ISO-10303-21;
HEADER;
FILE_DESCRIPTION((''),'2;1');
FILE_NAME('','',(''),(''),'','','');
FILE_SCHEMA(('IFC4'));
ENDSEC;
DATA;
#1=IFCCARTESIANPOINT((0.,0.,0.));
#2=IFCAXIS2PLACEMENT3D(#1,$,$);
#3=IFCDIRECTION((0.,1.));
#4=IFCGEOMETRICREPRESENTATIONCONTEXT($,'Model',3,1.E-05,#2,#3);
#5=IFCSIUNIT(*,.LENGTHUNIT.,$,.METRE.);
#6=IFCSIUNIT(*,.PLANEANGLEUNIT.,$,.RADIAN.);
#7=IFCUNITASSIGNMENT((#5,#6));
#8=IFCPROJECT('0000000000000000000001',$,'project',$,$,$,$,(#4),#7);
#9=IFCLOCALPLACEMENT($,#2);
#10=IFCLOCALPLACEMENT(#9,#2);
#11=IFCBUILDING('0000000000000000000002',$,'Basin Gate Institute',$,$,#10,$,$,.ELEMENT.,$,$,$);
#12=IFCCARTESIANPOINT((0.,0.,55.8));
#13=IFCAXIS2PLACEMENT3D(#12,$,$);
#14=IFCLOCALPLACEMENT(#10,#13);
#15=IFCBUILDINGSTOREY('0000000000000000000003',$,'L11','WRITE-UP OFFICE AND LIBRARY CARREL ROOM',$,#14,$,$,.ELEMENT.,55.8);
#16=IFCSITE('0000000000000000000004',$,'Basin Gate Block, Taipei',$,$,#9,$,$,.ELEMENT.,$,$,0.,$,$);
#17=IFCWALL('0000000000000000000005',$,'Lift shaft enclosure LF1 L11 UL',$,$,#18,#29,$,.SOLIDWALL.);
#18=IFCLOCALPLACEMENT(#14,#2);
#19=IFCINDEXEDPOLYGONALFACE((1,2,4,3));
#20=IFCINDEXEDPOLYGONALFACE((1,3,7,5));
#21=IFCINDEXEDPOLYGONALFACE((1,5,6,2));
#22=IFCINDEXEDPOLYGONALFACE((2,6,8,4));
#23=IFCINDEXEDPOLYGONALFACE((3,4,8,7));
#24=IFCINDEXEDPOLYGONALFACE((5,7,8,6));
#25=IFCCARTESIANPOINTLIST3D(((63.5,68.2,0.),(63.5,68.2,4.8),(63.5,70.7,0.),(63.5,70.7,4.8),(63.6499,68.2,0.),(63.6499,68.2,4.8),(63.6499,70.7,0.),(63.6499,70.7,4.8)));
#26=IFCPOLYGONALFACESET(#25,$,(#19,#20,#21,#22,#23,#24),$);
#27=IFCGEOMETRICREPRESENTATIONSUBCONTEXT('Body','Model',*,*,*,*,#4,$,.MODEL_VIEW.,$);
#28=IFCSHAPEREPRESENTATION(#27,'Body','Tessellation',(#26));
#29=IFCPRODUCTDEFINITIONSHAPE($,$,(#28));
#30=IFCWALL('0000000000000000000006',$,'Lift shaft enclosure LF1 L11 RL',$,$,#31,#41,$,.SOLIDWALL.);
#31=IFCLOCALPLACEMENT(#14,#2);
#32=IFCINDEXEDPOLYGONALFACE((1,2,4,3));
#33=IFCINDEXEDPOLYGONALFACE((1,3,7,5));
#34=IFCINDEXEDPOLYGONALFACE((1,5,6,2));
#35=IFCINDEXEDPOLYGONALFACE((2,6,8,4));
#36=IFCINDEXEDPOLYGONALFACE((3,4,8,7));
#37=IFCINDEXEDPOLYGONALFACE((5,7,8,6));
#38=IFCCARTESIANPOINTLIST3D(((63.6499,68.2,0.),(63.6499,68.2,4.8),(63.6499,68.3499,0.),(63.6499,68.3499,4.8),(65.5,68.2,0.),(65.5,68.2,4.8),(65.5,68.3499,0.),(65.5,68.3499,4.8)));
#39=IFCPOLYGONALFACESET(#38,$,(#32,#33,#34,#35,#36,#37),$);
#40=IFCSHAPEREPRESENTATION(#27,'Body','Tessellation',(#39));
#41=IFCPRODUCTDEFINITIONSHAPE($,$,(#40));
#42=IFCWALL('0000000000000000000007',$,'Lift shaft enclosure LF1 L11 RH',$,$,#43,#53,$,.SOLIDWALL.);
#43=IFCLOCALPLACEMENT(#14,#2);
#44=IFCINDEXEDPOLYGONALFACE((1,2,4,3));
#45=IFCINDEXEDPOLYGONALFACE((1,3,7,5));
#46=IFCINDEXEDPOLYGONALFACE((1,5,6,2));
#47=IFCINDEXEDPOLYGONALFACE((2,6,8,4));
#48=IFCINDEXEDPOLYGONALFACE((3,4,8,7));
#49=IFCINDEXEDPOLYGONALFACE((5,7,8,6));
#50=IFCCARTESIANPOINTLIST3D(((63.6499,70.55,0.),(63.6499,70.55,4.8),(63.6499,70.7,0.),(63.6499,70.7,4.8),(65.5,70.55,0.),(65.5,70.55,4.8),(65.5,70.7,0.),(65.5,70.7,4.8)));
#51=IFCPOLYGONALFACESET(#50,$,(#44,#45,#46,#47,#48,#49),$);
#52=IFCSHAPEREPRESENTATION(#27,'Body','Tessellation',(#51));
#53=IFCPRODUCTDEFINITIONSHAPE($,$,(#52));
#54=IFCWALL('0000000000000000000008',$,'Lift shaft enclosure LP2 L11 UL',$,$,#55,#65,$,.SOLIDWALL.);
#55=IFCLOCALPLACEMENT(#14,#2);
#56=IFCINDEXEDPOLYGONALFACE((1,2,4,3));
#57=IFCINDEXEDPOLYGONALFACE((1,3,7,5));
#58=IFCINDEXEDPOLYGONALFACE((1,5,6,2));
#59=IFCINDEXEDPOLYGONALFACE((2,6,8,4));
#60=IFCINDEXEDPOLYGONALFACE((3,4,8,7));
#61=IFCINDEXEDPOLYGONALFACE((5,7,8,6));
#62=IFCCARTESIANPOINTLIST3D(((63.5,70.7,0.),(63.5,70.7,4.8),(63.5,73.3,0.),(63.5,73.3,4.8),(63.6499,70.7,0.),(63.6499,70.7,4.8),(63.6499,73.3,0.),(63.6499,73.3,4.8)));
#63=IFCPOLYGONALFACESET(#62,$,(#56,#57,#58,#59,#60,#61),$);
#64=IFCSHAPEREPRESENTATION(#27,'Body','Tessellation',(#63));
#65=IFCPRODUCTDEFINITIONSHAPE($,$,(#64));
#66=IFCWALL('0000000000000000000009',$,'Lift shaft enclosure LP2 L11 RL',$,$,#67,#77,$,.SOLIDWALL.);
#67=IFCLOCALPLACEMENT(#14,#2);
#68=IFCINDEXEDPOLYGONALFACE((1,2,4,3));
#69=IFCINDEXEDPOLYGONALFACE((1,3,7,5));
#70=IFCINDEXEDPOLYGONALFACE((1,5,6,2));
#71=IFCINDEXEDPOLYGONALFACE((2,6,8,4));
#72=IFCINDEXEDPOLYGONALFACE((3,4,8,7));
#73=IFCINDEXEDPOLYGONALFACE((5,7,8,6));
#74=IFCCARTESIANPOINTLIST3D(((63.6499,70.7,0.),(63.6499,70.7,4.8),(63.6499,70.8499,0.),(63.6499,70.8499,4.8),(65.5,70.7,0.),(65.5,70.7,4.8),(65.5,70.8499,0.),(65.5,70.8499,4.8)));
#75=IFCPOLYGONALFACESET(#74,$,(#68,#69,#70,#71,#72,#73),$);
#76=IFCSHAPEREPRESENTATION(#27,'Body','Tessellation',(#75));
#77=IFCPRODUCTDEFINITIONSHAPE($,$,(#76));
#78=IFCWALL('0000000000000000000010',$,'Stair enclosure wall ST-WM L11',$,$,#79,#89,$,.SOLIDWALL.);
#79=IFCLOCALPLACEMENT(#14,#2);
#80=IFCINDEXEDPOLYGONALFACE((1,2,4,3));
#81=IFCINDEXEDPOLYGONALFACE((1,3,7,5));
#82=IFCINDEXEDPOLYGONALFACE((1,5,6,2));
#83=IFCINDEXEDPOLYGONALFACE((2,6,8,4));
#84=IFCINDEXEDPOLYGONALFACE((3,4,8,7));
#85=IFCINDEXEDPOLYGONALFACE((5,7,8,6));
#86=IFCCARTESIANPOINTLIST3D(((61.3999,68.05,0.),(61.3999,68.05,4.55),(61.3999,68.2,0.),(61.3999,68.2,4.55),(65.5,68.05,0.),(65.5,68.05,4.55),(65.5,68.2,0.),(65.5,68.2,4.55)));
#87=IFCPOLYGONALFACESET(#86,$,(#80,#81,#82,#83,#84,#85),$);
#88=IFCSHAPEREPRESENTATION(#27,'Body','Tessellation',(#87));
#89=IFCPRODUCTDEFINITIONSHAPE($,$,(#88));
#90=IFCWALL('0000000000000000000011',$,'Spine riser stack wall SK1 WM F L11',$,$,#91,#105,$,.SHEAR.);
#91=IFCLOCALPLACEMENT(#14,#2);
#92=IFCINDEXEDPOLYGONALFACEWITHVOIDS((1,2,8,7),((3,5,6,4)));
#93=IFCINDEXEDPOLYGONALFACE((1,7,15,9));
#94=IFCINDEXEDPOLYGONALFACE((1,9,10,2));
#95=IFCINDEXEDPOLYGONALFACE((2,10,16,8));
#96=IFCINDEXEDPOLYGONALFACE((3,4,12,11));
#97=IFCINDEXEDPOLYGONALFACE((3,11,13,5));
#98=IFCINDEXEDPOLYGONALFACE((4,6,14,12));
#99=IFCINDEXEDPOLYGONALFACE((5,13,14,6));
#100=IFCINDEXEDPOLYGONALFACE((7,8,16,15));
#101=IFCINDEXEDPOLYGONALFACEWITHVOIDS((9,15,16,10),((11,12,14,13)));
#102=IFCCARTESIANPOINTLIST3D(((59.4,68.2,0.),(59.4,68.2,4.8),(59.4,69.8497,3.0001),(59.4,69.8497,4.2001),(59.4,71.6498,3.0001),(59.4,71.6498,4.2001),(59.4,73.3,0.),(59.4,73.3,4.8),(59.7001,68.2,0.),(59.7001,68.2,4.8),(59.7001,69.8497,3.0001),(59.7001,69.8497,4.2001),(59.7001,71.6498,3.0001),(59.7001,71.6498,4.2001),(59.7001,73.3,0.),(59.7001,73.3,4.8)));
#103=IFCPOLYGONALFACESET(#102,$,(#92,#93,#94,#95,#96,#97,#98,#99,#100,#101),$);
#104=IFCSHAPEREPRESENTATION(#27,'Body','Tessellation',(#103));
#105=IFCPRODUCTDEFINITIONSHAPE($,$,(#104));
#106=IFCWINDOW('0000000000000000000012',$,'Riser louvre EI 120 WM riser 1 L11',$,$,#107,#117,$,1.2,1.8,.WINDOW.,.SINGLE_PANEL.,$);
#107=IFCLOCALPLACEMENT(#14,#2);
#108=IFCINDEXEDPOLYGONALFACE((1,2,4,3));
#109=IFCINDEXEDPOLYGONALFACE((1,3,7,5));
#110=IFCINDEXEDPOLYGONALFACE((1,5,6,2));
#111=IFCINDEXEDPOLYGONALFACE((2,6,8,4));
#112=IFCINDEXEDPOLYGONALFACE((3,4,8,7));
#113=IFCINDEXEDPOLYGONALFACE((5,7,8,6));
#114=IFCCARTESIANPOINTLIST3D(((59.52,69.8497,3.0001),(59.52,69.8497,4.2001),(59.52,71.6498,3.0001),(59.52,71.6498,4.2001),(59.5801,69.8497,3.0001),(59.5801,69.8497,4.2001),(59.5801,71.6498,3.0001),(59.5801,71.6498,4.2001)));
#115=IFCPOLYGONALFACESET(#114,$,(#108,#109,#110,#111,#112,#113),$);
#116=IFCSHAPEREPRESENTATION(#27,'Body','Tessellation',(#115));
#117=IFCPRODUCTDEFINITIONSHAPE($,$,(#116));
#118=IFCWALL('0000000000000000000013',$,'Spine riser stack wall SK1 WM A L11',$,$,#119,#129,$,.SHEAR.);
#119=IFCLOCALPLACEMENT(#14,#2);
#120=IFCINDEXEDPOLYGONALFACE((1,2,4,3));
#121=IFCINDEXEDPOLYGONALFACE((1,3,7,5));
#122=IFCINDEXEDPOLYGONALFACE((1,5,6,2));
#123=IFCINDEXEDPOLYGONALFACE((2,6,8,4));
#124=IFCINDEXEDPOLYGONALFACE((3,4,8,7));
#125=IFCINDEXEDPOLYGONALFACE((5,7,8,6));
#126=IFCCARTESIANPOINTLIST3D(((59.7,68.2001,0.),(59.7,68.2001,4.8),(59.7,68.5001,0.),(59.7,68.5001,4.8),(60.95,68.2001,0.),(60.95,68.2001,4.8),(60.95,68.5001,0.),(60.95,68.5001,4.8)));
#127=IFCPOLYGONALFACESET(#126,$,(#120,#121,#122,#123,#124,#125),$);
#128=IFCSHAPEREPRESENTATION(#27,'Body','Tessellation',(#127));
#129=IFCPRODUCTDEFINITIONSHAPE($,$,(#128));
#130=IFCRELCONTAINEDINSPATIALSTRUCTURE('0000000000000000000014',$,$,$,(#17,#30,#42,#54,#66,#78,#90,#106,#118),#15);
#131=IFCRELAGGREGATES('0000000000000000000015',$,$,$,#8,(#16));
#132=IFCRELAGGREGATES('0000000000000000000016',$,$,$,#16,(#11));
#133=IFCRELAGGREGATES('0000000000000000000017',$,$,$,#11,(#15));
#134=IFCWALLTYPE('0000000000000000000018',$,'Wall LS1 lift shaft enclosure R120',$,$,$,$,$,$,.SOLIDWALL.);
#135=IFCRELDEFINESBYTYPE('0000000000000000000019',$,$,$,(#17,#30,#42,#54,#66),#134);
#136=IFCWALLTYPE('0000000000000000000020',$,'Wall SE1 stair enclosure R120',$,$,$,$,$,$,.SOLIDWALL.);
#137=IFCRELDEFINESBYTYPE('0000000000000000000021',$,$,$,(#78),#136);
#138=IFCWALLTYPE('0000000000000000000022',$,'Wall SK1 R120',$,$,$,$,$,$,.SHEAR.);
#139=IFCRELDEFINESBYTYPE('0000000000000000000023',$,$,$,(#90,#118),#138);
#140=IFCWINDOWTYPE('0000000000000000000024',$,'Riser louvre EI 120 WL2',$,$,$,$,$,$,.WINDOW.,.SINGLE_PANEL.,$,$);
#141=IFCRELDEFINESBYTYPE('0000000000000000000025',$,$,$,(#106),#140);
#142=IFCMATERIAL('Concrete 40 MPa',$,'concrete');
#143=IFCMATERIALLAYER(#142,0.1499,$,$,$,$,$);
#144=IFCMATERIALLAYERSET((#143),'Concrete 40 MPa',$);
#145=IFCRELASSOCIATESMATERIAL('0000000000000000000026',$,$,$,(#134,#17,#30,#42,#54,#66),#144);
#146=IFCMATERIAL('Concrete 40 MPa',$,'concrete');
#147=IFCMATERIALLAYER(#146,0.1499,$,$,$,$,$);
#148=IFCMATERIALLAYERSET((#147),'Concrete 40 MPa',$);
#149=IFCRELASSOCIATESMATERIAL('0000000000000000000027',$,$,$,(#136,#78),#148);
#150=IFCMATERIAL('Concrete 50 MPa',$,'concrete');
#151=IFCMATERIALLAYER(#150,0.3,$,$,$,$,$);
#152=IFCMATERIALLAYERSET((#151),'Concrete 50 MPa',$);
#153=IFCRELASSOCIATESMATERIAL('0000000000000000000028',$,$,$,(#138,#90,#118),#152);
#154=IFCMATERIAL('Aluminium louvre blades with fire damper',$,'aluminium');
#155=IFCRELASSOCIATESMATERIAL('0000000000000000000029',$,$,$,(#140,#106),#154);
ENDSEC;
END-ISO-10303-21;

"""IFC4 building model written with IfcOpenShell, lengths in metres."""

from ifc_helpers import new_model, si_unit, direction, frame, frame_2d, origin, place, context, subcontext, project, spatial, rectangle, extrude, material, layer, layer_set, type_object, element, fill, save


model = new_model("IFC4")

# Units and contexts
model_context = context("Model", 3, precision=1e-05, world=origin(), true_north=direction((0.0, 1.0)))
body_context = subcontext(model_context, "Body", "Model", "MODEL_VIEW")
ifc_project = project(units=[si_unit("LENGTHUNIT", "METRE"), si_unit("PLANEANGLEUNIT", "RADIAN")], contexts=[model_context])

# Site, building, storey
site_placement = place(None, origin())
site = spatial("IfcSite", under=ifc_project, at=site_placement, Name="Basin Gate Block, Taipei", CompositionType="ELEMENT", RefElevation=0.0)
building_placement = place(site_placement, origin())
building = spatial("IfcBuilding", under=site, at=building_placement, Name="Basin Gate Institute", CompositionType="ELEMENT")
storey_placement = place(building_placement, frame((0.0, 0.0, 55.8)))
storey = spatial("IfcBuildingStorey", under=building, at=storey_placement, Name="L11", Description="WRITE-UP OFFICE AND LIBRARY CARREL ROOM", CompositionType="ELEMENT", Elevation=55.8)

# Walls
ifc_material_1 = material(Name="Concrete 40 MPa", Category="concrete")
ifc_layer_1 = layer(ifc_material_1, 0.1499)
ifc_layer_set_1 = layer_set([ifc_layer_1], Name="Concrete 40 MPa")
wall_type_1 = type_object("IfcWallType", Name="Wall LS1 lift shaft enclosure R120", PredefinedType="SOLIDWALL", material=ifc_layer_set_1)
wall_1_placement = place(storey_placement, frame((63.575, 68.2, 0.0), z_axis=(0.0, 0.0, 1.0), x_axis=(0.0, 1.0, 0.0)))
element("IfcWall", 1, at=wall_1_placement, inside=storey, type_object=wall_type_1, material=ifc_layer_set_1, Name="Lift shaft enclosure LF1 L11 UL", PredefinedType="SOLIDWALL", context=body_context, shape_type="SweptSolid", body=[
    extrude(rectangle(XDim=2.5, YDim=0.1499, at=frame_2d((1.25, 0.0))), origin(), (0.0, 0.0, 1.0), 4.8),
])
for number, where, z_axis, x_axis, name in (
    (2, (63.6499, 68.2749, 0.0), (0.0, 0.0, 1.0), (1.0, 0.0, 0.0), "Lift shaft enclosure LF1 L11 RL"),
    (3, (63.6499, 70.625, 0.0), (0.0, 0.0, 1.0), (1.0, 0.0, 0.0), "Lift shaft enclosure LF1 L11 RH"),
):
    element("IfcWall", number, at=place(storey_placement, frame(where, z_axis=z_axis, x_axis=x_axis)), inside=storey, type_object=wall_type_1, material=ifc_layer_set_1, Name=name, PredefinedType="SOLIDWALL", context=body_context, shape_type="SweptSolid", body=[
        extrude(rectangle(XDim=1.8501, YDim=0.1499, at=frame_2d((0.925, 0.0))), origin(), (0.0, 0.0, 1.0), 4.8),
    ])
wall_2_placement = place(storey_placement, frame((63.575, 70.7, 0.0), z_axis=(0.0, 0.0, 1.0), x_axis=(0.0, 1.0, 0.0)))
element("IfcWall", 4, at=wall_2_placement, inside=storey, type_object=wall_type_1, material=ifc_layer_set_1, Name="Lift shaft enclosure LP2 L11 UL", PredefinedType="SOLIDWALL", context=body_context, shape_type="SweptSolid", body=[
    extrude(rectangle(XDim=2.6001, YDim=0.1499, at=frame_2d((1.3, 0.0))), origin(), (0.0, 0.0, 1.0), 4.8),
])
wall_3_placement = place(storey_placement, frame((63.6499, 70.7749, 0.0), z_axis=(0.0, 0.0, 1.0), x_axis=(1.0, 0.0, 0.0)))
element("IfcWall", 5, at=wall_3_placement, inside=storey, type_object=wall_type_1, material=ifc_layer_set_1, Name="Lift shaft enclosure LP2 L11 RL", PredefinedType="SOLIDWALL", context=body_context, shape_type="SweptSolid", body=[
    extrude(rectangle(XDim=1.8501, YDim=0.1499, at=frame_2d((0.925, 0.0))), origin(), (0.0, 0.0, 1.0), 4.8),
])
ifc_material_2 = material(Name="Concrete 40 MPa", Category="concrete")
ifc_layer_2 = layer(ifc_material_2, 0.1499)
ifc_layer_set_2 = layer_set([ifc_layer_2], Name="Concrete 40 MPa")
wall_type_2 = type_object("IfcWallType", Name="Wall SE1 stair enclosure R120", PredefinedType="SOLIDWALL", material=ifc_layer_set_2)
wall_4_placement = place(storey_placement, frame((61.3999, 68.125, 0.0), z_axis=(0.0, 0.0, 1.0), x_axis=(1.0, 0.0, 0.0)))
element("IfcWall", 6, at=wall_4_placement, inside=storey, type_object=wall_type_2, material=ifc_layer_set_2, Name="Stair enclosure wall ST-WM L11", PredefinedType="SOLIDWALL", context=body_context, shape_type="SweptSolid", body=[
    extrude(rectangle(XDim=4.1001, YDim=0.1499, at=frame_2d((2.05, 0.0))), origin(), (0.0, 0.0, 1.0), 4.55),
])

# Wall, opening, window
ifc_material_3 = material(Name="Concrete 50 MPa", Category="concrete")
ifc_layer_3 = layer(ifc_material_3, 0.3)
ifc_layer_set_3 = layer_set([ifc_layer_3], Name="Concrete 50 MPa")
wall_type_3 = type_object("IfcWallType", Name="Wall SK1 R120", PredefinedType="SHEAR", material=ifc_layer_set_3)
wall_5_placement = place(storey_placement, frame((59.55, 68.2, 0.0), z_axis=(0.0, 0.0, 1.0), x_axis=(0.0, 1.0, 0.0)))
wall_5 = element("IfcWall", 7, at=wall_5_placement, inside=storey, type_object=wall_type_3, material=ifc_layer_set_3, Name="Spine riser stack wall SK1 WM F L11", PredefinedType="SHEAR", context=body_context, shape_type="SweptSolid", body=[
    extrude(rectangle(XDim=5.1001, YDim=0.3, at=frame_2d((2.55, 0.0))), origin(), (0.0, 0.0, 1.0), 4.8),
])
opening_1_placement = place(wall_5_placement, frame((1.6499, 0.0, 3.0)))
opening_1 = element("IfcOpeningElement", 8, at=opening_1_placement, cuts=wall_5, PredefinedType="OPENING", context=body_context, shape_type="SweptSolid", body=[
    extrude(rectangle(XDim=1.8, YDim=1.2, at=frame_2d((0.8999, 0.6001))), frame((0.0, 0.1602, 0.0), z_axis=(0.0, -1.0, 0.0), x_axis=(1.0, 0.0, 0.0)), (0.0, 0.0, 1.0), 0.3201),
])
ifc_material_4 = material(Name="Aluminium louvre blades with fire damper", Category="aluminium")
window_type = type_object("IfcWindowType", Name="Riser louvre EI 120 WL2", PartitioningType="SINGLE_PANEL", PredefinedType="WINDOW", material=ifc_material_4)
window_placement = place(opening_1_placement, origin())
window = element("IfcWindow", 9, at=window_placement, inside=storey, type_object=window_type, material=ifc_material_4, Name="Riser louvre EI 120 WM riser 1 L11", OverallHeight=1.2, OverallWidth=1.8, PartitioningType="SINGLE_PANEL", PredefinedType="WINDOW", context=body_context, shape_type="SweptSolid", body=[
    extrude(rectangle(XDim=1.8, YDim=1.2, at=frame_2d((0.8999, 0.6001))), frame((0.0, 0.03, 0.0), z_axis=(0.0, -1.0, 0.0), x_axis=(1.0, 0.0, 0.0)), (0.0, 0.0, 1.0), 0.0601),
])
fill(opening_1, window)

# Wall
wall_6_placement = place(storey_placement, frame((60.95, 68.3501, 0.0), z_axis=(0.0, 0.0, 1.0), x_axis=(-1.0, 0.0, 0.0)))
element("IfcWall", 10, at=wall_6_placement, inside=storey, type_object=wall_type_3, material=ifc_layer_set_3, Name="Spine riser stack wall SK1 WM A L11", PredefinedType="SHEAR", context=body_context, shape_type="SweptSolid", body=[
    extrude(rectangle(XDim=1.25, YDim=0.3, at=frame_2d((0.625, 0.0))), origin(), (0.0, 0.0, 1.0), 4.8),
])

save(model, "model.ifc")
